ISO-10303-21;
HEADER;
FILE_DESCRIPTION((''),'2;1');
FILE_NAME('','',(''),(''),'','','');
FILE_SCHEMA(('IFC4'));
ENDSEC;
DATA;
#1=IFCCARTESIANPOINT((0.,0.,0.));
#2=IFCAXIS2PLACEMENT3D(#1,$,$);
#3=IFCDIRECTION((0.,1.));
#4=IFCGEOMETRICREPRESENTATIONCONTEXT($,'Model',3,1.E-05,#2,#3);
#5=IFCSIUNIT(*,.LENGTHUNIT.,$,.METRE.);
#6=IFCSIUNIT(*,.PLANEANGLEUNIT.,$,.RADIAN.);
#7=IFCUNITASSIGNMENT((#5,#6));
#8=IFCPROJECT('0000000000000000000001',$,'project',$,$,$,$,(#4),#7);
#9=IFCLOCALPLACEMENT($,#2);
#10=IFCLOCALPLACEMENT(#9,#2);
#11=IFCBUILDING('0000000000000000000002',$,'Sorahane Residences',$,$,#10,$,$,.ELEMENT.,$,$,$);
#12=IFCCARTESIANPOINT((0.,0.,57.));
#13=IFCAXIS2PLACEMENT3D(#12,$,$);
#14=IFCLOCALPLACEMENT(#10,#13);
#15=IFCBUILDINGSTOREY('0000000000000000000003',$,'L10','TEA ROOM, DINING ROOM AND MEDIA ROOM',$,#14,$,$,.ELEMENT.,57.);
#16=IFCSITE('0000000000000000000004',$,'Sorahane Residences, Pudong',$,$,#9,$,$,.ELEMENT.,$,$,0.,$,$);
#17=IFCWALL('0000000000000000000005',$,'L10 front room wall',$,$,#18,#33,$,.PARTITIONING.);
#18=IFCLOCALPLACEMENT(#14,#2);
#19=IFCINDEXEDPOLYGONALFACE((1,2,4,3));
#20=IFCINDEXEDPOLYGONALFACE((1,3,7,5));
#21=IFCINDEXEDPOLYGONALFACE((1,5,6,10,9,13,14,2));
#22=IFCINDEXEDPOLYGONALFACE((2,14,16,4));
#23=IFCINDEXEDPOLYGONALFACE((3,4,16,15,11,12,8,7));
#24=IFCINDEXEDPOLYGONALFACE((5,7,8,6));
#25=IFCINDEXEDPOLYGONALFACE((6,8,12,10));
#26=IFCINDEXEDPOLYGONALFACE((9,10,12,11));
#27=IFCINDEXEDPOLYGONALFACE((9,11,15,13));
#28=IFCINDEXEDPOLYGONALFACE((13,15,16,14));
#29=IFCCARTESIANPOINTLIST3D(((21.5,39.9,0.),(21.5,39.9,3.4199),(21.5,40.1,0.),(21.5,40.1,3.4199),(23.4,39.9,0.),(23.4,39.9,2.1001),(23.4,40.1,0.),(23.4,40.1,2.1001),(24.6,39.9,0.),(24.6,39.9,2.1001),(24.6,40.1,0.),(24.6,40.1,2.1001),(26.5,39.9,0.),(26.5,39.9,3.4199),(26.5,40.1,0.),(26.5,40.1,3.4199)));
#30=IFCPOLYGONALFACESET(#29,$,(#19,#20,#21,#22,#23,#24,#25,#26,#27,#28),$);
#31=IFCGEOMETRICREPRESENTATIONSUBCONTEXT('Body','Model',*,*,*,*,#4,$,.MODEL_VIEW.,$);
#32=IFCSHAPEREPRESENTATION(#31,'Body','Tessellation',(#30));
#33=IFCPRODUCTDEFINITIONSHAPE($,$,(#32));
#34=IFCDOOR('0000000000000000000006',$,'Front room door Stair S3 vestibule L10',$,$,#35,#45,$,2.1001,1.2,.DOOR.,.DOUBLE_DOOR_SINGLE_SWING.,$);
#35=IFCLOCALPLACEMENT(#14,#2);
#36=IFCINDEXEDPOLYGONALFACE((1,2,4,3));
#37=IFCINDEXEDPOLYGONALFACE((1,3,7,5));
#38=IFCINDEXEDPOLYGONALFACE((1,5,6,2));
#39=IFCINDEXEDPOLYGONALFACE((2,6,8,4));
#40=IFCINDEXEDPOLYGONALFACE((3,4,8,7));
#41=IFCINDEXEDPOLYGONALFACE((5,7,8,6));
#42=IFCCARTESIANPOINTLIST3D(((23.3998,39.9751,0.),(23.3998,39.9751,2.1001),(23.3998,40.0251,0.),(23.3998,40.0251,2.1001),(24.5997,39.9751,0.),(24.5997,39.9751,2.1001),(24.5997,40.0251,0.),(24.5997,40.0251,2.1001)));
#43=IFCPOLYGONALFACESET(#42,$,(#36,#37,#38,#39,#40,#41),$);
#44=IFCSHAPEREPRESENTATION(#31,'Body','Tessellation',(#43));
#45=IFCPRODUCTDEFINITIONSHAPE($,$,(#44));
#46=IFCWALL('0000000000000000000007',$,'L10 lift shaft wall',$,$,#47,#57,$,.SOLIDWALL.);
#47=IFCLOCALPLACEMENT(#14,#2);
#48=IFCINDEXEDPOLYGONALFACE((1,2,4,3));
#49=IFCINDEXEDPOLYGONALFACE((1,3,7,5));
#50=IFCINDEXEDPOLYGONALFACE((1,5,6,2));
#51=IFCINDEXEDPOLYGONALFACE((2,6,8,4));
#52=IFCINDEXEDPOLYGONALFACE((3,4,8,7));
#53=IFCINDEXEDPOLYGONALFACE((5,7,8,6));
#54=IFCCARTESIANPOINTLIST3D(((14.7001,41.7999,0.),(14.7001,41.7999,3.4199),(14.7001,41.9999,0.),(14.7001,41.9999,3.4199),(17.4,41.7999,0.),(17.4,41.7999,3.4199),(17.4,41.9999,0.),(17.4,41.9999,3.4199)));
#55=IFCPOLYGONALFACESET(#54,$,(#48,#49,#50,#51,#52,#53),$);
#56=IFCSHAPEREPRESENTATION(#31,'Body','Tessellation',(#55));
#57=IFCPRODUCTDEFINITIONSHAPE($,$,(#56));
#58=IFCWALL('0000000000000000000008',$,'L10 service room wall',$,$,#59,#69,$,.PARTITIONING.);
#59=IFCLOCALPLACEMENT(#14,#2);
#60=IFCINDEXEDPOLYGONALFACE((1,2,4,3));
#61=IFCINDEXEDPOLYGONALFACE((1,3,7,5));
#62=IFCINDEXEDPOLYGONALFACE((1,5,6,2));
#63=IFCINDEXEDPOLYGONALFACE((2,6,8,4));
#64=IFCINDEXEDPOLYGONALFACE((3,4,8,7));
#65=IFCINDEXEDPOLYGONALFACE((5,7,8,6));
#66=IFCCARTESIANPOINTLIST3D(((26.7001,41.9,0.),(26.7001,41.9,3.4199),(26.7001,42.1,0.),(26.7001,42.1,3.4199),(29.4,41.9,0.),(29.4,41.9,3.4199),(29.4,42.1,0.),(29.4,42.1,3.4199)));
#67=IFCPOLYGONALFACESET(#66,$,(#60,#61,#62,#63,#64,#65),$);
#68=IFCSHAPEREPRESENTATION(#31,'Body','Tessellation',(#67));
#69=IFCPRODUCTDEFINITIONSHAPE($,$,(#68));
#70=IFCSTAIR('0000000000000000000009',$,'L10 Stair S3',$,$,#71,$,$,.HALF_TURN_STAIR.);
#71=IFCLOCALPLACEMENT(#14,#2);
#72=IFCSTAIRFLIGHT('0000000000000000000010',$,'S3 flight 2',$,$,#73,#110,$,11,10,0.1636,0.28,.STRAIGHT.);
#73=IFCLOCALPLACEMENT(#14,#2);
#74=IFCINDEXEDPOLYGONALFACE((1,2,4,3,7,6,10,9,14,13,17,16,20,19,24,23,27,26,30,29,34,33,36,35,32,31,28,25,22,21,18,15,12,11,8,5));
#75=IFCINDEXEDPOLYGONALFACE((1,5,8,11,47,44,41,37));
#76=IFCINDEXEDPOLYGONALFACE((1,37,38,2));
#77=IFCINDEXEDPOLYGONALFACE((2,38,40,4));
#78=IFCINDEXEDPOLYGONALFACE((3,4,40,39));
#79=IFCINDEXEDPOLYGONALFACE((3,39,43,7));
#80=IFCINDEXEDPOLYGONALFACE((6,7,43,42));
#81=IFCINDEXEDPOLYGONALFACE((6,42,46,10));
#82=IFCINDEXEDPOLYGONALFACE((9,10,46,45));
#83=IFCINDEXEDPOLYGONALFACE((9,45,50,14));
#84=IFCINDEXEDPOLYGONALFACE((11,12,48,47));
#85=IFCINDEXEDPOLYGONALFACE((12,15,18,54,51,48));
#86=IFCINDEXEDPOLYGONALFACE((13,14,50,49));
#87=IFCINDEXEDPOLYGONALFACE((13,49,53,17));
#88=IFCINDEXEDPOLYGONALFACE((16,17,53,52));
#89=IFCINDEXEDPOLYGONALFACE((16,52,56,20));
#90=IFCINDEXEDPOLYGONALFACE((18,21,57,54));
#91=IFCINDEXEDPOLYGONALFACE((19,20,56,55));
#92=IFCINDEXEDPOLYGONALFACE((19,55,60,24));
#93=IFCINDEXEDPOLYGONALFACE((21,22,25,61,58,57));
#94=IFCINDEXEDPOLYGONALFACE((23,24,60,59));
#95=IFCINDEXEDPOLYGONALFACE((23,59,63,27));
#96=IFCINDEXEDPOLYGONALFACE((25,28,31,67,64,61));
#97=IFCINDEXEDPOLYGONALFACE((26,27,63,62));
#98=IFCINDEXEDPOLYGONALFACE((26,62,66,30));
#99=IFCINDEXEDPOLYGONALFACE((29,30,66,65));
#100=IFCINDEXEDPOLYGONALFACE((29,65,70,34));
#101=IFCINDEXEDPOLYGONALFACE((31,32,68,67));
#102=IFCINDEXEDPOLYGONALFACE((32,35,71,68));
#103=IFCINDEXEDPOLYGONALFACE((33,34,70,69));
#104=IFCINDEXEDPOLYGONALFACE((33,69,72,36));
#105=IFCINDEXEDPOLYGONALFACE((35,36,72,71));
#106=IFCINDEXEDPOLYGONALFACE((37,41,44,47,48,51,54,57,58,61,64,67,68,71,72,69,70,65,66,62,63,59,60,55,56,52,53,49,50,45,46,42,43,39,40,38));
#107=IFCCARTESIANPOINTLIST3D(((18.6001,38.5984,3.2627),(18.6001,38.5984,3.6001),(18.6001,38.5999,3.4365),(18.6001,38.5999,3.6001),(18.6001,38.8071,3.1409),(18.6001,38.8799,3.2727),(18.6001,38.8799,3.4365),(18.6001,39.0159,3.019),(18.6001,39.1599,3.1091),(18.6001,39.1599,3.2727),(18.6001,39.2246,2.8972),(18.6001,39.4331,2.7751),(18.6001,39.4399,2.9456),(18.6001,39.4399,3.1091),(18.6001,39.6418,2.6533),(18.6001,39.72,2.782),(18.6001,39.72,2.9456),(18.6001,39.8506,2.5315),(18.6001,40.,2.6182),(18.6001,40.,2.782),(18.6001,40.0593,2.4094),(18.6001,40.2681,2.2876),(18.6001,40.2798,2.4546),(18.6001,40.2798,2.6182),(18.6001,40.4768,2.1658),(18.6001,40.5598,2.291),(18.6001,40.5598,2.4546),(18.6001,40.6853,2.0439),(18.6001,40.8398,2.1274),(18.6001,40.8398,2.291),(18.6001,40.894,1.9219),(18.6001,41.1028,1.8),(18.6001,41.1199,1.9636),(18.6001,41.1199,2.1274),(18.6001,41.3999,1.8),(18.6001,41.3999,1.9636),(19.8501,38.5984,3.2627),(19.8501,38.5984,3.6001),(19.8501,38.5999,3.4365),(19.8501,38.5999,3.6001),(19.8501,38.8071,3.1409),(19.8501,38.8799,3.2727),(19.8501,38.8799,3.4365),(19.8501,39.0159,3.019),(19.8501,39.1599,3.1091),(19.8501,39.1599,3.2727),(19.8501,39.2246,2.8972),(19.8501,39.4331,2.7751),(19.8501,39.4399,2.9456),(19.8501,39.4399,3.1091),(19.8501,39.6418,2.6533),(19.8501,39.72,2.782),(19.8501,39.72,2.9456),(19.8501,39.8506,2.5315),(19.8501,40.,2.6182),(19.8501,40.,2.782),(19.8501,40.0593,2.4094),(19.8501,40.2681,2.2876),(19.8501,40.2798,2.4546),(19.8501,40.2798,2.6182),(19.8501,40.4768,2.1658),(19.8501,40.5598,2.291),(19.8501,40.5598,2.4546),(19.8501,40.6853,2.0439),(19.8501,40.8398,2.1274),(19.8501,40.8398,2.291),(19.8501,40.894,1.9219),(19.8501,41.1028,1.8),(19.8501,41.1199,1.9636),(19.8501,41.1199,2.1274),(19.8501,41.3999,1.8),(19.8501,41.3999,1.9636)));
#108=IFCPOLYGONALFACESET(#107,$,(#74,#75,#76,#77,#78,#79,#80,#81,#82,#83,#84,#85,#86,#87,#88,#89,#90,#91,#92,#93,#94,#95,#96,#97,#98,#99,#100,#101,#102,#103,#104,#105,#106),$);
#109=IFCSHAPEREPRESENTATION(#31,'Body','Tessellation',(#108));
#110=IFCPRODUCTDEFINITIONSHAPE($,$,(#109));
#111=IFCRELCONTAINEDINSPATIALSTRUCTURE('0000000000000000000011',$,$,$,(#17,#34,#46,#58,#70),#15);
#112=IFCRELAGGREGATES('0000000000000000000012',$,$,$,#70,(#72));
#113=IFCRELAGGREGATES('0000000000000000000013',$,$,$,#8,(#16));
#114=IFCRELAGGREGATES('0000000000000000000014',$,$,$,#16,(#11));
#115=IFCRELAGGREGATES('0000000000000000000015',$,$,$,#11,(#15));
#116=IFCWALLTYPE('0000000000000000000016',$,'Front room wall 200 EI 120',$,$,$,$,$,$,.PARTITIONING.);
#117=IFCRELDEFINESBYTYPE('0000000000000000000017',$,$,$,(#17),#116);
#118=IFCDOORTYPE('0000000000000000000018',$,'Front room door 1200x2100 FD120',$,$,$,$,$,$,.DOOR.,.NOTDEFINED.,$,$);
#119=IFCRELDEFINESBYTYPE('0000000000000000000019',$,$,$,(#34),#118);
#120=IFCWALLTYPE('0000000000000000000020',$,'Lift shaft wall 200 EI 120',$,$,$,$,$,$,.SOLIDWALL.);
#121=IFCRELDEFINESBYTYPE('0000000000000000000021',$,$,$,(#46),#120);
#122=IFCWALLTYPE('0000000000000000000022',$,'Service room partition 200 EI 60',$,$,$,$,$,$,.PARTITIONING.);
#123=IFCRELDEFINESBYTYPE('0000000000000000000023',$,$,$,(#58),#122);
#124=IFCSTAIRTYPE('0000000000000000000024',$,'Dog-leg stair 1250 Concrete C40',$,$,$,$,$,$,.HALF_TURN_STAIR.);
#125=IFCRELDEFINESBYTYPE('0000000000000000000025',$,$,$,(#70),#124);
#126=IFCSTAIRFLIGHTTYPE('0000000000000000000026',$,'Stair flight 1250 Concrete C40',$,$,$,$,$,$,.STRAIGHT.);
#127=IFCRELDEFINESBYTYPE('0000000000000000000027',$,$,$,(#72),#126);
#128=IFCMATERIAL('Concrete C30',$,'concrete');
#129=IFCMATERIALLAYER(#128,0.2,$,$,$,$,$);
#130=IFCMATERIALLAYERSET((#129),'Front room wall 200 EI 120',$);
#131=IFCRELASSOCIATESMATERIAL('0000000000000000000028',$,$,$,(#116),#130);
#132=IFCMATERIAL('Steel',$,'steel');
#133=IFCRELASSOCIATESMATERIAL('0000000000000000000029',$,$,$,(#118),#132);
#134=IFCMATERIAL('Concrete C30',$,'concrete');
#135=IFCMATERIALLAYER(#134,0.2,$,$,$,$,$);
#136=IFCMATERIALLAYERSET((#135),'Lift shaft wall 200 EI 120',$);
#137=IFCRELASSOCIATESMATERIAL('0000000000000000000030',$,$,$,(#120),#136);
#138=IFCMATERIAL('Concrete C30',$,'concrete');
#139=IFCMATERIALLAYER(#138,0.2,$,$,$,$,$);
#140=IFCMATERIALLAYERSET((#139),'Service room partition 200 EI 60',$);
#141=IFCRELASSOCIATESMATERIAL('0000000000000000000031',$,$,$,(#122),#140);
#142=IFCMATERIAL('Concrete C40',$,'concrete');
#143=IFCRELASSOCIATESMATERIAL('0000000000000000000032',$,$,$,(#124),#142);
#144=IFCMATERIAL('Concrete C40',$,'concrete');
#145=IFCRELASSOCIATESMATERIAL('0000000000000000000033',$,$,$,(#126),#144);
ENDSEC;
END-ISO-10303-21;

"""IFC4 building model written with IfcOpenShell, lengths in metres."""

from ifc_helpers import new_model, si_unit, direction, frame, frame_2d, origin, place, context, subcontext, project, spatial, polyline, rectangle, outline, extrude, material, layer, layer_set, type_object, element, fill, aggregate, save


model = new_model("IFC4")

# Units and contexts
model_context = context("Model", 3, precision=1e-05, world=origin(), true_north=direction((0.0, 1.0)))
body_context = subcontext(model_context, "Body", "Model", "MODEL_VIEW")
ifc_project = project(units=[si_unit("LENGTHUNIT", "METRE"), si_unit("PLANEANGLEUNIT", "RADIAN")], contexts=[model_context])

# Site, building, storey
site_placement = place(None, origin())
site = spatial("IfcSite", under=ifc_project, at=site_placement, Name="Sorahane Residences, Pudong", CompositionType="ELEMENT", RefElevation=0.0)
building_placement = place(site_placement, origin())
building = spatial("IfcBuilding", under=site, at=building_placement, Name="Sorahane Residences", CompositionType="ELEMENT")
storey_placement = place(building_placement, frame((0.0, 0.0, 57.0)))
storey = spatial("IfcBuildingStorey", under=building, at=storey_placement, Name="L10", Description="TEA ROOM, DINING ROOM AND MEDIA ROOM", CompositionType="ELEMENT", Elevation=57.0)

# Wall, opening, door
ifc_material_1 = material(Name="Concrete C30", Category="concrete")
ifc_layer_1 = layer(ifc_material_1, 0.2)
ifc_layer_set_1 = layer_set([ifc_layer_1], Name="Front room wall 200 EI 120")
wall_type_1 = type_object("IfcWallType", Name="Front room wall 200 EI 120", PredefinedType="PARTITIONING", material=ifc_layer_set_1)
wall_1_placement = place(storey_placement, frame((21.5, 40.0, 0.0), z_axis=(0.0, 0.0, 1.0), x_axis=(1.0, 0.0, 0.0)))
wall_1 = element("IfcWall", 1, at=wall_1_placement, inside=storey, type_object=wall_type_1, Name="L10 front room wall", PredefinedType="PARTITIONING", context=body_context, shape_type="SweptSolid", body=[
    extrude(rectangle(XDim=5.0, YDim=0.2, at=frame_2d((2.5, 0.0))), origin(), (0.0, 0.0, 1.0), 3.4199),
])
opening_placement = place(wall_1_placement, frame((1.8999, 0.0, 0.0)))
opening = element("IfcOpeningElement", 2, at=opening_placement, cuts=wall_1, PredefinedType="OPENING", context=body_context, shape_type="SweptSolid", body=[
    extrude(rectangle(XDim=1.2, YDim=2.1001, at=frame_2d((0.6001, 1.05))), frame((0.0, 0.1099, 0.0), z_axis=(0.0, -1.0, 0.0), x_axis=(1.0, 0.0, 0.0)), (0.0, 0.0, 1.0), 0.22),
])
ifc_material_2 = material(Name="Steel", Category="steel")
door_type = type_object("IfcDoorType", Name="Front room door 1200x2100 FD120", OperationType="NOTDEFINED", PredefinedType="DOOR", material=ifc_material_2)
door_placement = place(opening_placement, frame((1.2, 0.0, 0.0), z_axis=(0.0, 0.0, 1.0), x_axis=(-1.0, 0.0, 0.0)))
door = element("IfcDoor", 3, at=door_placement, inside=storey, type_object=door_type, Name="Front room door Stair S3 vestibule L10", OperationType="DOUBLE_DOOR_SINGLE_SWING", OverallHeight=2.1001, OverallWidth=1.2, PredefinedType="DOOR", context=body_context, shape_type="SweptSolid", body=[
    extrude(rectangle(XDim=1.2, YDim=2.1001, at=frame_2d((0.6001, 1.05))), frame((0.0, 0.0249, 0.0), z_axis=(0.0, -1.0, 0.0), x_axis=(1.0, 0.0, 0.0)), (0.0, 0.0, 1.0), 0.05),
])
fill(opening, door)

# Walls
ifc_material_3 = material(Name="Concrete C30", Category="concrete")
ifc_layer_2 = layer(ifc_material_3, 0.2)
ifc_layer_set_2 = layer_set([ifc_layer_2], Name="Lift shaft wall 200 EI 120")
wall_type_2 = type_object("IfcWallType", Name="Lift shaft wall 200 EI 120", PredefinedType="SOLIDWALL", material=ifc_layer_set_2)
wall_2_placement = place(storey_placement, frame((14.7, 41.8999, 0.0), z_axis=(0.0, 0.0, 1.0), x_axis=(1.0, 0.0, 0.0)))
element("IfcWall", 4, at=wall_2_placement, inside=storey, type_object=wall_type_2, Name="L10 lift shaft wall", PredefinedType="SOLIDWALL", context=body_context, shape_type="SweptSolid", body=[
    extrude(rectangle(XDim=2.7, YDim=0.2, at=frame_2d((1.3501, 0.0))), origin(), (0.0, 0.0, 1.0), 3.4199),
])
ifc_material_4 = material(Name="Concrete C30", Category="concrete")
ifc_layer_3 = layer(ifc_material_4, 0.2)
ifc_layer_set_3 = layer_set([ifc_layer_3], Name="Service room partition 200 EI 60")
wall_type_3 = type_object("IfcWallType", Name="Service room partition 200 EI 60", PredefinedType="PARTITIONING", material=ifc_layer_set_3)
wall_3_placement = place(storey_placement, frame((26.7, 42.0, 0.0), z_axis=(0.0, 0.0, 1.0), x_axis=(1.0, 0.0, 0.0)))
element("IfcWall", 5, at=wall_3_placement, inside=storey, type_object=wall_type_3, Name="L10 service room wall", PredefinedType="PARTITIONING", context=body_context, shape_type="SweptSolid", body=[
    extrude(rectangle(XDim=2.7, YDim=0.2, at=frame_2d((1.3501, 0.0))), origin(), (0.0, 0.0, 1.0), 3.4199),
])

# Stair, stair flight
ifc_material_5 = material(Name="Concrete C40", Category="concrete")
stair_type = type_object("IfcStairType", Name="Dog-leg stair 1250 Concrete C40", PredefinedType="HALF_TURN_STAIR", material=ifc_material_5)
stair_placement = place(storey_placement, origin())
stair = element("IfcStair", 6, at=stair_placement, inside=storey, type_object=stair_type, Name="L10 Stair S3", PredefinedType="HALF_TURN_STAIR")
ifc_material_6 = material(Name="Concrete C40", Category="concrete")
stair_flight_type = type_object("IfcStairFlightType", Name="Stair flight 1250 Concrete C40", PredefinedType="STRAIGHT", material=ifc_material_6)
stair_flight_placement = place(storey_placement, frame((19.2251, 41.3999, 1.8), z_axis=(0.0, 0.0, 1.0), x_axis=(0.0, -1.0, 0.0)))
stair_flight = element("IfcStairFlight", 7, at=stair_flight_placement, type_object=stair_flight_type, Name="S3 flight 2", NumberOfRisers=11, NumberOfTreads=10, PredefinedType="STRAIGHT", RiserHeight=0.1636, TreadLength=0.28, context=body_context, shape_type="SweptSolid", body=[
    extrude(outline(polyline([(0.0, 0.0), (0.0, 0.1636), (0.28, 0.1636), (0.28, 0.3274), (0.5601, 0.3274), (0.5601, 0.491), (0.8401, 0.491), (0.8401, 0.6545), (1.1201, 0.6545), (1.1201, 0.8181), (1.3999, 0.8181), (1.3999, 0.9819), (1.6799, 0.9819), (1.6799, 1.1455), (1.96, 1.1455), (1.96, 1.3091), (2.24, 1.3091), (2.24, 1.4727), (2.52, 1.4727), (2.52, 1.6365), (2.8, 1.6365), (2.8, 1.8), (2.8015, 1.8), (2.8015, 1.4626), (2.5928, 1.3408), (2.384, 1.219), (2.1753, 1.0972), (1.9668, 0.9751), (1.7581, 0.8533), (1.5493, 0.7314), (1.3406, 0.6094), (1.1318, 0.4875), (0.9231, 0.3657), (0.7146, 0.2439), (0.5059, 0.1218), (0.2971, 0.0), (0.0, 0.0)])), frame((0.0, 0.625, 0.0), z_axis=(0.0, -1.0, 0.0), x_axis=(1.0, 0.0, 0.0)), (0.0, 0.0, 1.0), 1.25),
])
aggregate(stair, [stair_flight])

save(model, "model.ifc")
